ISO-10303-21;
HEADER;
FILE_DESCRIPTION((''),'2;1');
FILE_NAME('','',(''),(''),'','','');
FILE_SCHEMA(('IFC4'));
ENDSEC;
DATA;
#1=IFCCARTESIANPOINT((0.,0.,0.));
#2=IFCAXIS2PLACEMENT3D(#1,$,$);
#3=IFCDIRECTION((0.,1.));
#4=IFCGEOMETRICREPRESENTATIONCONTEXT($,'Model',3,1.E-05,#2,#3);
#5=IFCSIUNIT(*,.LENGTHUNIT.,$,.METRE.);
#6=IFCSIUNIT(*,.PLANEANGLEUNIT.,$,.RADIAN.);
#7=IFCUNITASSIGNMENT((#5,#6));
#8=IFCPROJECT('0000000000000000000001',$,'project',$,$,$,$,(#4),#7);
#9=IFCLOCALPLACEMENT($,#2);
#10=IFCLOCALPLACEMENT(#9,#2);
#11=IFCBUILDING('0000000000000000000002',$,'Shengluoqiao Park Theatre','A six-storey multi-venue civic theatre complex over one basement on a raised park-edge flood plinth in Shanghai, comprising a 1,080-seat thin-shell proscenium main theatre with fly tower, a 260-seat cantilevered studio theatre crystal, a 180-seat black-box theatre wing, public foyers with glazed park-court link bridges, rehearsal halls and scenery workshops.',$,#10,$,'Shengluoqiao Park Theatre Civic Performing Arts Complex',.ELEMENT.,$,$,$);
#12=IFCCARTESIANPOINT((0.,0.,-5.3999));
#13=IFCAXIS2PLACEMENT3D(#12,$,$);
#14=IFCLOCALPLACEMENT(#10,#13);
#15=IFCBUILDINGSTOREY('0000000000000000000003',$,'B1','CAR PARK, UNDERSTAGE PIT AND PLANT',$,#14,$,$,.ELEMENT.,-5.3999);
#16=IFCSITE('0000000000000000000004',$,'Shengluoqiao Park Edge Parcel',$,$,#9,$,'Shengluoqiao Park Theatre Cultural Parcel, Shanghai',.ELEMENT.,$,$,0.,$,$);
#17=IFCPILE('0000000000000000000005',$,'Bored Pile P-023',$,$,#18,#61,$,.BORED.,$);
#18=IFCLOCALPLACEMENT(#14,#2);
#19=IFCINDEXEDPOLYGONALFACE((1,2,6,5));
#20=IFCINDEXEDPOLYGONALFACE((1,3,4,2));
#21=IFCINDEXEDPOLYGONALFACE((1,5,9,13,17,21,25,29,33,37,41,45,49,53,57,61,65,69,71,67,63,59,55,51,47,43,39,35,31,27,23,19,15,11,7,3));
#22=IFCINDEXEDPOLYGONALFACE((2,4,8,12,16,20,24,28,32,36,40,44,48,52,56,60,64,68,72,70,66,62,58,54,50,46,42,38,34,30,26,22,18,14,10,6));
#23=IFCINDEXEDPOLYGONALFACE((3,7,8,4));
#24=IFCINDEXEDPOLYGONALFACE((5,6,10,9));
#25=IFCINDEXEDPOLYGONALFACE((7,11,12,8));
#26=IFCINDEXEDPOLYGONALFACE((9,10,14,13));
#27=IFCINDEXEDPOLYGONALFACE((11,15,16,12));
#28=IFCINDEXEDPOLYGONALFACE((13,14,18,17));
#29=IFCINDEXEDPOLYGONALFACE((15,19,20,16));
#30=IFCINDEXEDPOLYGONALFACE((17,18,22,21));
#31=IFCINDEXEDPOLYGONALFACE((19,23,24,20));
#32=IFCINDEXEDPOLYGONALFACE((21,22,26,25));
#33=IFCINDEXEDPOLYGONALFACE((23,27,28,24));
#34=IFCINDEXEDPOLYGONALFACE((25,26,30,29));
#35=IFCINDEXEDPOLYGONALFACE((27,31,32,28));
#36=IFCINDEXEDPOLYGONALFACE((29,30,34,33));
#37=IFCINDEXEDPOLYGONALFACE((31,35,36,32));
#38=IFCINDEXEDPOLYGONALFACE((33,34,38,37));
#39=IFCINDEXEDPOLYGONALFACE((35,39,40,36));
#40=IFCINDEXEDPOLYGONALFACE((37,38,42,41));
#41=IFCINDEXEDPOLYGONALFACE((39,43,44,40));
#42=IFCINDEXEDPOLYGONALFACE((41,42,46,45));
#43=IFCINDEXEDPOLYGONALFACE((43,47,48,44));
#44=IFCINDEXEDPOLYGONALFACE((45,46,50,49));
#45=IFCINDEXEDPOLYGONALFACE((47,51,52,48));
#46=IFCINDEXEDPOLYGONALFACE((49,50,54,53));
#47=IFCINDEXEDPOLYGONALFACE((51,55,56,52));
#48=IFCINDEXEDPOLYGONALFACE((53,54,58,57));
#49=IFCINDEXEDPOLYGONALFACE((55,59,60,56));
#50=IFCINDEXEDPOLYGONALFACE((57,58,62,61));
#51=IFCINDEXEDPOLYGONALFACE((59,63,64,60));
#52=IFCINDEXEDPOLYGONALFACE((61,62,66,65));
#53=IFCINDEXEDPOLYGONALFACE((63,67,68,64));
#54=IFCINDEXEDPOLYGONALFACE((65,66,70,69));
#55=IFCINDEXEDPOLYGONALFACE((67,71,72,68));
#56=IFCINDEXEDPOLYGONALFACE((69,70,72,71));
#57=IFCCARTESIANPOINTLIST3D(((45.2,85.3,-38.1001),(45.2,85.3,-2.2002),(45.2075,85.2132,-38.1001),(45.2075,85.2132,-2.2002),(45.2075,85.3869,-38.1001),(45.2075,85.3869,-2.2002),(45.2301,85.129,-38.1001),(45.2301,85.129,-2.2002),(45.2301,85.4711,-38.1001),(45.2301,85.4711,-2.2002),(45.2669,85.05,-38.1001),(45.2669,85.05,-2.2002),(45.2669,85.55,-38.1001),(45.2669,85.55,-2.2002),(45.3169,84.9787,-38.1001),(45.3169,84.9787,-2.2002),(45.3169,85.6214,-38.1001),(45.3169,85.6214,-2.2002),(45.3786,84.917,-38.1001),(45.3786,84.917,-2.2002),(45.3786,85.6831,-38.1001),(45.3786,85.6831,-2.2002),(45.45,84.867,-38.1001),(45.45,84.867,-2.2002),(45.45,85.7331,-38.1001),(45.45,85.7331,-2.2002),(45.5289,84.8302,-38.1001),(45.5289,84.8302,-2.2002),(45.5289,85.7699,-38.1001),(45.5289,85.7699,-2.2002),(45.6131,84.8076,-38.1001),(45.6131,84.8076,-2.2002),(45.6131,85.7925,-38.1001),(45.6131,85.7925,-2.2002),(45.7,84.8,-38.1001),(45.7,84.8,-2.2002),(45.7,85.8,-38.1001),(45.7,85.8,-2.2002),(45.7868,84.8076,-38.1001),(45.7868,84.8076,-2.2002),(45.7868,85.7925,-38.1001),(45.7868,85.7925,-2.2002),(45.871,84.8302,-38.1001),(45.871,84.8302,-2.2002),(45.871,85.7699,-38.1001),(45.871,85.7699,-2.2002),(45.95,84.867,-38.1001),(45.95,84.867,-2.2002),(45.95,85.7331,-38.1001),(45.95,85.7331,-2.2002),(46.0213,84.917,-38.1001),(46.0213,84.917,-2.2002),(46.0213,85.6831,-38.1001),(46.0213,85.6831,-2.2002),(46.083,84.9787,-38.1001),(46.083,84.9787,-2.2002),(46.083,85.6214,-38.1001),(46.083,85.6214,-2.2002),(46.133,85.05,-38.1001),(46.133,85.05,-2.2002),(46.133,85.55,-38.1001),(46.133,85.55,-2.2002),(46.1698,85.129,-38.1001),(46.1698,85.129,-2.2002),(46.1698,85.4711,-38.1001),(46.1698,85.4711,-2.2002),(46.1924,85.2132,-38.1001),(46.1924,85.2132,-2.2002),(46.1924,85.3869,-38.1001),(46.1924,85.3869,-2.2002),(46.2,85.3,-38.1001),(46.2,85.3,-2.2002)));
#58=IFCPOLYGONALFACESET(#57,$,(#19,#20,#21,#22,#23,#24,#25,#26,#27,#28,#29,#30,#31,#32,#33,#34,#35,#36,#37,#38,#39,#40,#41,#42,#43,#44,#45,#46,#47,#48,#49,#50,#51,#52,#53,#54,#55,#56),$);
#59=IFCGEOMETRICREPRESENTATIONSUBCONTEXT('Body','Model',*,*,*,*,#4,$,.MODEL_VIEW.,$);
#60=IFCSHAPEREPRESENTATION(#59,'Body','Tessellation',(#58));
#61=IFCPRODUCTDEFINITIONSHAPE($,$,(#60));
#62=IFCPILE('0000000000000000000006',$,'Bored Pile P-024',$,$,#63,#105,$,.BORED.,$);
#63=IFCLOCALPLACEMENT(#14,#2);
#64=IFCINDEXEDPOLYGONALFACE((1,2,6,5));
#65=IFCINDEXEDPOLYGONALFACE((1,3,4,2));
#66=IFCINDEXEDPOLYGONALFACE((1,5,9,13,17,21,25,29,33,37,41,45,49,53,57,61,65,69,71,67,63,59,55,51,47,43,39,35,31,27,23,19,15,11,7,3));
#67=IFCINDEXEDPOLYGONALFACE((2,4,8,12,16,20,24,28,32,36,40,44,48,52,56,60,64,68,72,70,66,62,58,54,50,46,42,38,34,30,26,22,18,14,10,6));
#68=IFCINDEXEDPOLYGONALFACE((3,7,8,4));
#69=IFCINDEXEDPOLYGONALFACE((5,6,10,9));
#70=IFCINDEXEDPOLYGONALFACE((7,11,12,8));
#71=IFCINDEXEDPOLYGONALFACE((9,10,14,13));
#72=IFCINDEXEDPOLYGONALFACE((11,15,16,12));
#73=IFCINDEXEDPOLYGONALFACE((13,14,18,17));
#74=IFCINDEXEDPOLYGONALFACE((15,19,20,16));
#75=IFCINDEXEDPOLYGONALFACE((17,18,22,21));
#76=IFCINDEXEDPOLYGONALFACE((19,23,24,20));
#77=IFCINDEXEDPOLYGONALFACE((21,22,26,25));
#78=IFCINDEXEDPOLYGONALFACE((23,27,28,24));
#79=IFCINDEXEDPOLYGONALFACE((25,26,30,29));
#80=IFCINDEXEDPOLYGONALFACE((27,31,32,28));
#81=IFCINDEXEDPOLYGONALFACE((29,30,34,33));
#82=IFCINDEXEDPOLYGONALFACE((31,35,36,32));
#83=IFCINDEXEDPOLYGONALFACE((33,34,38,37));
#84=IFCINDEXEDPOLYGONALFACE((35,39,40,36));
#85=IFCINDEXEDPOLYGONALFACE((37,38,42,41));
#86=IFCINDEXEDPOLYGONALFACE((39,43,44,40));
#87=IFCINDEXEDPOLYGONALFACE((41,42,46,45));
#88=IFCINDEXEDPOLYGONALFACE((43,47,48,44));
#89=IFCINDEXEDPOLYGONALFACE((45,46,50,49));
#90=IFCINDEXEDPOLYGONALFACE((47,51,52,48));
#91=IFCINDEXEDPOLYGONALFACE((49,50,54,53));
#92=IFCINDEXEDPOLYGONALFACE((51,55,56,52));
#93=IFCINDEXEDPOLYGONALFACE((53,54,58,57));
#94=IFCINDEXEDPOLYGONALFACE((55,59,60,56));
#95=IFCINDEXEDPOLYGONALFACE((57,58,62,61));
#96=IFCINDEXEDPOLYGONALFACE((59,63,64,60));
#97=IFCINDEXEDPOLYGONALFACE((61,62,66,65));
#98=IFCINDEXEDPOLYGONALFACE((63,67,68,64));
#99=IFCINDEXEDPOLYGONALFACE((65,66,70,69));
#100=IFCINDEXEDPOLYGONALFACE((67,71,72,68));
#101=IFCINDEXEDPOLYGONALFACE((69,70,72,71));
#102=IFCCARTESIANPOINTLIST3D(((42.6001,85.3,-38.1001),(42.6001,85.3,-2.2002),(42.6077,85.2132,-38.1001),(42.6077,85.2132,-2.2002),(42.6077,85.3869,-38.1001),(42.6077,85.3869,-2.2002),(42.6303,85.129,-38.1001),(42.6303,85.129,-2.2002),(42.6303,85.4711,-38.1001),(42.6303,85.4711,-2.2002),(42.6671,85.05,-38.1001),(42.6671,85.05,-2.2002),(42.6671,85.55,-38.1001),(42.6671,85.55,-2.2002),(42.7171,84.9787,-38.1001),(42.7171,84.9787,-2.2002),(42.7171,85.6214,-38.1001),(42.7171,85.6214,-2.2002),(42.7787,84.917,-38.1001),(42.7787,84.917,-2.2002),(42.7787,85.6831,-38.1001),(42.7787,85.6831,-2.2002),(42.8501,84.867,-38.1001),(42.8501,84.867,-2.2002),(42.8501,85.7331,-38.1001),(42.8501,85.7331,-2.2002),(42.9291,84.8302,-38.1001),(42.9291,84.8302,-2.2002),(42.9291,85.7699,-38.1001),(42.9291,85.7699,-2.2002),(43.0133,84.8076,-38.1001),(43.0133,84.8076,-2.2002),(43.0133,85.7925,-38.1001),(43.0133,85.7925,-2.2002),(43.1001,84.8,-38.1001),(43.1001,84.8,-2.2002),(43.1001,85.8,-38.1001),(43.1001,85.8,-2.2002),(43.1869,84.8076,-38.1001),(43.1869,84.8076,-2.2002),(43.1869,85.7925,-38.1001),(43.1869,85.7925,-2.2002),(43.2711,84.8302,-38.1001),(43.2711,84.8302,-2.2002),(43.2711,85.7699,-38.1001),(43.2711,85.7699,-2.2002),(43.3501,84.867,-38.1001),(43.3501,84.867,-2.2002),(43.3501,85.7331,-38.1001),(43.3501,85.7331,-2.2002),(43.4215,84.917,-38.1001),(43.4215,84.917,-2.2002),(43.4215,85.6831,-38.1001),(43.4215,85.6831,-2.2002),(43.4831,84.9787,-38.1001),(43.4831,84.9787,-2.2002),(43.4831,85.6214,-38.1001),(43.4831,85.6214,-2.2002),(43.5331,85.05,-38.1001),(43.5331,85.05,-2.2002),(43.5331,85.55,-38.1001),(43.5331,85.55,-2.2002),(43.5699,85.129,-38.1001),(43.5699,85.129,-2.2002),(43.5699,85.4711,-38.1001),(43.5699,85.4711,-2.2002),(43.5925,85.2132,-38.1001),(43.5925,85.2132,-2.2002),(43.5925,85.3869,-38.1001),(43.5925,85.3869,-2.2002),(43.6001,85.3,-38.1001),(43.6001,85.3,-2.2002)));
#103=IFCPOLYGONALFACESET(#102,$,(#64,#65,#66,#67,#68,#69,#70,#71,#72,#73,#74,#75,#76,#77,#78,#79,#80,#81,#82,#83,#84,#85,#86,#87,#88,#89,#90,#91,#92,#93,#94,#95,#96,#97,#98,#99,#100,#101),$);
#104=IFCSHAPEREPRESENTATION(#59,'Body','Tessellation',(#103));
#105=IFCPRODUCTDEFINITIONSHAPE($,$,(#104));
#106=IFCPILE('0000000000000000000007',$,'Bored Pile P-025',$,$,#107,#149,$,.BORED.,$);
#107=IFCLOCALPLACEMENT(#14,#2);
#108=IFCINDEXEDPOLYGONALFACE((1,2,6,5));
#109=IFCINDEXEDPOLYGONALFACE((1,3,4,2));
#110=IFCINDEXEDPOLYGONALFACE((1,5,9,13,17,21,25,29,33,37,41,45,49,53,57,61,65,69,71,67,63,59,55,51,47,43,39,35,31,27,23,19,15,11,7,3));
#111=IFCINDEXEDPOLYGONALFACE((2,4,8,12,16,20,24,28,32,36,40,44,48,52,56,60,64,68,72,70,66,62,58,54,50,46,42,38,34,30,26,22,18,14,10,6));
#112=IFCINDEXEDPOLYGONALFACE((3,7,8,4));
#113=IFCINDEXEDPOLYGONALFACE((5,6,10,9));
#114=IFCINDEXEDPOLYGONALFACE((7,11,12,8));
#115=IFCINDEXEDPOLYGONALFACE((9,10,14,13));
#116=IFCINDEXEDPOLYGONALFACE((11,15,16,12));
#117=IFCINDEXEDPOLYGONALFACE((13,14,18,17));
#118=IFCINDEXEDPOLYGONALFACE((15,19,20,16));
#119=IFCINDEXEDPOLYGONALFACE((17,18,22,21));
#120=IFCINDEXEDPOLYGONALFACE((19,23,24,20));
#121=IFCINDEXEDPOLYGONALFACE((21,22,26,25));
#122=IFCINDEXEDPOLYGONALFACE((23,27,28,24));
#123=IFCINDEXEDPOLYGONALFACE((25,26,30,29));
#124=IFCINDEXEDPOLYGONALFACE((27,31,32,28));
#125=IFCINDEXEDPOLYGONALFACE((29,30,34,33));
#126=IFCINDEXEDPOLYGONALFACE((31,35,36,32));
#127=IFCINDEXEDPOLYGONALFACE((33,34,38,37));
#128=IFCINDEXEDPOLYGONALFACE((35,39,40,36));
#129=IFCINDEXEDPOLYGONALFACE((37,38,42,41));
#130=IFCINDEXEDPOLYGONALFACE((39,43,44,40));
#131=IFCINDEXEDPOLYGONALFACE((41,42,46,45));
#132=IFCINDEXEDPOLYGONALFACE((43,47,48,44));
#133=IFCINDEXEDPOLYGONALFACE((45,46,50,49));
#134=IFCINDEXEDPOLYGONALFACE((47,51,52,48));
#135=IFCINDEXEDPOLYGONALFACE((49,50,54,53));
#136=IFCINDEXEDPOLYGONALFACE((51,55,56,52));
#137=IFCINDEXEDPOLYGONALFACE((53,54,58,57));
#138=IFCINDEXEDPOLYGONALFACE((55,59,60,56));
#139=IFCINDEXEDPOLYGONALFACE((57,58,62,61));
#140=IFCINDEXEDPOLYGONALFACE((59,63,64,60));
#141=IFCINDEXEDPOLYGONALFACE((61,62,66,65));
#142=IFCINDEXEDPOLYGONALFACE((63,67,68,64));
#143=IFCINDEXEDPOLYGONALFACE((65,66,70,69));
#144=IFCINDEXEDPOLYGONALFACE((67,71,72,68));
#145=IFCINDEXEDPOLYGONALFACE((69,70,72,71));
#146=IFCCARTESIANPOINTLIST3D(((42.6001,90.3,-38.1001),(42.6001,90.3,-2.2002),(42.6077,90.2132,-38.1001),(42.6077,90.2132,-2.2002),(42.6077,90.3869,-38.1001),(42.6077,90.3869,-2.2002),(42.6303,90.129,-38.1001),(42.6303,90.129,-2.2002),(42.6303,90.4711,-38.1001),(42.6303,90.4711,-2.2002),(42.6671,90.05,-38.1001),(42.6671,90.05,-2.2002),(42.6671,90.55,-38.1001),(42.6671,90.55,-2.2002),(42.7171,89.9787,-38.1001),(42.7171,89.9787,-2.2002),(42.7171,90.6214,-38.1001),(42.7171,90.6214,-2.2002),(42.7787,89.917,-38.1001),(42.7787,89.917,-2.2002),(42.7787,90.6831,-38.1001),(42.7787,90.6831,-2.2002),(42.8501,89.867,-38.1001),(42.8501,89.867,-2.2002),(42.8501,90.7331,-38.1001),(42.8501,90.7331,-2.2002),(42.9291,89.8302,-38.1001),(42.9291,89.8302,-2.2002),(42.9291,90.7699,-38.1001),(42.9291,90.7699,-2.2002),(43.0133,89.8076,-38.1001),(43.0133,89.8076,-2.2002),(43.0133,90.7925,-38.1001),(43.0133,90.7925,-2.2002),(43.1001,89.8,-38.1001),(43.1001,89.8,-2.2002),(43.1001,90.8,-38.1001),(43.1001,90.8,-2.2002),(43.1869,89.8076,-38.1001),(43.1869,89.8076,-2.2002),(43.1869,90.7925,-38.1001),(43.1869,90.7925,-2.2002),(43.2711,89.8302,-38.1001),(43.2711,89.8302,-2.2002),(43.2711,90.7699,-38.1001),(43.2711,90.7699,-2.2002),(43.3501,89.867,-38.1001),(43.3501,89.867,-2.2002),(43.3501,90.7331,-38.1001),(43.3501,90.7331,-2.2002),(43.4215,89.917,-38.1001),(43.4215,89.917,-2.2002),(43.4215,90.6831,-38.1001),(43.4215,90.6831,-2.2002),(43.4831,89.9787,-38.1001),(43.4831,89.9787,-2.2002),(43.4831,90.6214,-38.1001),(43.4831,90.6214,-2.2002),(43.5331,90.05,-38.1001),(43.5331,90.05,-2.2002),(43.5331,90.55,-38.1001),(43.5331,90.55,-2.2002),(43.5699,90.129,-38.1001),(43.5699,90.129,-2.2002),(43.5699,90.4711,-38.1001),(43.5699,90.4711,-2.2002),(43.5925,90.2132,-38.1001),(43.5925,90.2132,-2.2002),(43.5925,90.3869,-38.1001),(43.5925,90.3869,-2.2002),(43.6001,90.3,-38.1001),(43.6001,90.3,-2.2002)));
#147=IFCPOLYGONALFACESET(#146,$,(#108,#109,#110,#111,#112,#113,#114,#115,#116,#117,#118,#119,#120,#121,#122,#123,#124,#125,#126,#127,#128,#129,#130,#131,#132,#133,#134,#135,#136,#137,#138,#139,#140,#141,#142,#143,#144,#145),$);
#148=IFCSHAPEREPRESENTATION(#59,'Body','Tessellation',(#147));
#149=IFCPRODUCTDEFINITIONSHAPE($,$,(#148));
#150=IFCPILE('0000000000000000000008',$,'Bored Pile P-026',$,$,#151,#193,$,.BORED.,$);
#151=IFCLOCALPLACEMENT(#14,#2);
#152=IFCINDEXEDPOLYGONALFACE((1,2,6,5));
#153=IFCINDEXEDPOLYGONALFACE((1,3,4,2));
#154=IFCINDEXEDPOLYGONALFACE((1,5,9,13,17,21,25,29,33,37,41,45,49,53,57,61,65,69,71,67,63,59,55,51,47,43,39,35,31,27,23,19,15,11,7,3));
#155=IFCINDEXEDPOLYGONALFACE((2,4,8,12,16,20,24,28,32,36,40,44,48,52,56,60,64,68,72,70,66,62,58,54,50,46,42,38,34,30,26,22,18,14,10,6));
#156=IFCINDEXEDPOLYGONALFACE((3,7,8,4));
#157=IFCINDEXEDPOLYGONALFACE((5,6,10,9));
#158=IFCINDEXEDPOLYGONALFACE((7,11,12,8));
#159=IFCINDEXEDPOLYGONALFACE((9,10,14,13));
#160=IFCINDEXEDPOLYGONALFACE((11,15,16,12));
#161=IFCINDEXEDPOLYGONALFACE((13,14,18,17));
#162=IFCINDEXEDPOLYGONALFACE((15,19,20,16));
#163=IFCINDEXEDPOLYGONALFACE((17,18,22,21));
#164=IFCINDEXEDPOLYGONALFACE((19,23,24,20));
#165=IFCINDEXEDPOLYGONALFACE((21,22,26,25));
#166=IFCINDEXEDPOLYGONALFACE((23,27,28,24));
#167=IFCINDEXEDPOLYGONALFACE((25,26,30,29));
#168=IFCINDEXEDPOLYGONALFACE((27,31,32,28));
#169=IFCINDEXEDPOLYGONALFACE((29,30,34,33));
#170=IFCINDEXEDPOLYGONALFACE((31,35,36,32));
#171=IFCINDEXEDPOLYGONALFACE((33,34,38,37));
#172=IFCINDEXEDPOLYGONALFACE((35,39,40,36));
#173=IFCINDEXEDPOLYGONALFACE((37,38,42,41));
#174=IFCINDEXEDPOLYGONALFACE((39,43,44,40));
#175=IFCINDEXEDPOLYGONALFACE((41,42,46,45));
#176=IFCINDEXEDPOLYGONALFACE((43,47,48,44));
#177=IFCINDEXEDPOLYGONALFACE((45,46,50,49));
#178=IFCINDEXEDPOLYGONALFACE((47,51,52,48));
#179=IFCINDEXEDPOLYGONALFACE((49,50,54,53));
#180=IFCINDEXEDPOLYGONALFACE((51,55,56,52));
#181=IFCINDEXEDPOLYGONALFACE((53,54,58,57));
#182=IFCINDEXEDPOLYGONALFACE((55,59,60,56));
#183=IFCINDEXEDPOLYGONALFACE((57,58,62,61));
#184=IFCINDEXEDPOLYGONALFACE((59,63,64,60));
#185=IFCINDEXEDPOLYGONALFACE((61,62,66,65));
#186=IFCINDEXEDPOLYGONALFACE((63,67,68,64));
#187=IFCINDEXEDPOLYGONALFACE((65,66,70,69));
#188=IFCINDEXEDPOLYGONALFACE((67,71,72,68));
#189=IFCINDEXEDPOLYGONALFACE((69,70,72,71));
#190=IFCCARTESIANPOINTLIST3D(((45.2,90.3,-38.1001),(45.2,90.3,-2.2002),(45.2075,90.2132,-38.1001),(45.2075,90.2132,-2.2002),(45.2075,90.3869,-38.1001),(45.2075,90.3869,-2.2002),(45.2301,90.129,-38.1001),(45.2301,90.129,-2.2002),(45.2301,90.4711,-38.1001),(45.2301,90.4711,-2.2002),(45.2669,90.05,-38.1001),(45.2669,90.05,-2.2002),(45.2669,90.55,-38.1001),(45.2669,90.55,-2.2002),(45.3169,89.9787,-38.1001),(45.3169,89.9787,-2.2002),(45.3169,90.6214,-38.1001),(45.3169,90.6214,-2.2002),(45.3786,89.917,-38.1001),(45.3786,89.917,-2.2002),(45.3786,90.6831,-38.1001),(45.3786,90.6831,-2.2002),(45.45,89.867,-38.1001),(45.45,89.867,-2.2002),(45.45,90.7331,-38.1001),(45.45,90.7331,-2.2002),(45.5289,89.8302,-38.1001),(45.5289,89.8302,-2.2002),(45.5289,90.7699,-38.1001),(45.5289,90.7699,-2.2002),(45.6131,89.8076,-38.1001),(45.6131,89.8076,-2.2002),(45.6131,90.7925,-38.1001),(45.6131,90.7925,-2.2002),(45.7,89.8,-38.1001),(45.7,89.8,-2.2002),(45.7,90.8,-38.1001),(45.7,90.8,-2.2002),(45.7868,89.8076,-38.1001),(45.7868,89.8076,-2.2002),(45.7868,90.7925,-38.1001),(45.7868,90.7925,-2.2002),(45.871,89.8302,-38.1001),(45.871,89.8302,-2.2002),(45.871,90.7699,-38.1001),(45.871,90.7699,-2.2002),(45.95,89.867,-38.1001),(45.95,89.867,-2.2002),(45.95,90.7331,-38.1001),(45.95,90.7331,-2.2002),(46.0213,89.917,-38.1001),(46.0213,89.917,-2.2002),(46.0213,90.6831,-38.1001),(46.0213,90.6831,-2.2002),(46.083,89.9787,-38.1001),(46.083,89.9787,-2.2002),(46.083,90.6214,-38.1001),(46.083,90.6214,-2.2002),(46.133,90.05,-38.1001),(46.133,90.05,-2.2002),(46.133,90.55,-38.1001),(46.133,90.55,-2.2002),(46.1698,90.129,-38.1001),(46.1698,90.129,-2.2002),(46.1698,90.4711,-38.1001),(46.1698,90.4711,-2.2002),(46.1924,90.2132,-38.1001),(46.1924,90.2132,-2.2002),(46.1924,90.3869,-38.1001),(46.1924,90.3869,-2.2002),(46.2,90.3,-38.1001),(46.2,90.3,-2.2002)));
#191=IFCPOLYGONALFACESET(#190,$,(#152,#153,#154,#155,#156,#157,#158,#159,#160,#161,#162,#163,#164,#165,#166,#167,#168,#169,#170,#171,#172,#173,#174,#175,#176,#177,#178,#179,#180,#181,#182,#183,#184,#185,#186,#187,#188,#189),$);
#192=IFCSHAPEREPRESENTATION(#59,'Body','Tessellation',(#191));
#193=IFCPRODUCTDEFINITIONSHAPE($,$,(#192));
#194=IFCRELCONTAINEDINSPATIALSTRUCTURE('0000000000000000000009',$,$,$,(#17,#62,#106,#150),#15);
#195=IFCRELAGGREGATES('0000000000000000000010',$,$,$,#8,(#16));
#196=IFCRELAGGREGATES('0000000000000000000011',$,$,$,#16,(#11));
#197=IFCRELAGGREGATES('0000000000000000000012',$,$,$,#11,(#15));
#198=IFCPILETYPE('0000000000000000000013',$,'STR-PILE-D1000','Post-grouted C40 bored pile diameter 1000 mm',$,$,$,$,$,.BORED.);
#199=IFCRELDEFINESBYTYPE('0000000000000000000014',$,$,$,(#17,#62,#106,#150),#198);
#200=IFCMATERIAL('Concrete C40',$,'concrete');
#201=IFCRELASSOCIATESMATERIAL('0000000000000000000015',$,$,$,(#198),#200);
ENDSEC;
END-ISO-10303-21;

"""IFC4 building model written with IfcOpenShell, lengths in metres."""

from ifc_helpers import new_model, si_unit, direction, frame, origin, origin_2d, place, context, subcontext, project, spatial, circle, extrude, material, material_profile, profile_set, type_object, element, save


model = new_model("IFC4")

# Units and contexts
model_context = context("Model", 3, precision=1e-05, world=origin(), true_north=direction((0.0, 1.0)))
body_context = subcontext(model_context, "Body", "Model", "MODEL_VIEW")
ifc_project = project(units=[si_unit("LENGTHUNIT", "METRE"), si_unit("PLANEANGLEUNIT", "RADIAN")], contexts=[model_context])

# Site, building, storey
site_placement = place(None, origin())
site = spatial("IfcSite", under=ifc_project, at=site_placement, Name="Shengluoqiao Park Edge Parcel", LongName="Shengluoqiao Park Theatre Cultural Parcel, Shanghai", CompositionType="ELEMENT", RefElevation=0.0)
building_placement = place(site_placement, origin())
building = spatial("IfcBuilding", under=site, at=building_placement, Name="Shengluoqiao Park Theatre", Description="A six-storey multi-venue civic theatre complex over one basement on a raised park-edge flood plinth in Shanghai, comprising a 1,080-seat thin-shell proscenium main theatre with fly tower, a 260-seat cantilevered studio theatre crystal, a 180-seat black-box theatre wing, public foyers with glazed park-court link bridges, rehearsal halls and scenery workshops.", LongName="Shengluoqiao Park Theatre Civic Performing Arts Complex", CompositionType="ELEMENT")
storey_placement = place(building_placement, frame((0.0, 0.0, -5.3999)))
storey = spatial("IfcBuildingStorey", under=building, at=storey_placement, Name="B1", Description="CAR PARK, UNDERSTAGE PIT AND PLANT", CompositionType="ELEMENT", Elevation=-5.3999)

# Shared definitions
ifc_material_1 = material(Name="Concrete C40", Category="concrete")

# Piles
ifc_material_profile_1 = material_profile(ifc_material_1, circle(Radius=0.5, at=origin_2d()), Name="BORED PILE D1000")
ifc_profile_set_1 = profile_set([ifc_material_profile_1], Name="Concrete C40")
pile_type = type_object("IfcPileType", Name="STR-PILE-D1000", Description="Post-grouted C40 bored pile diameter 1000 mm", PredefinedType="BORED", material=ifc_profile_set_1)
for number, where, z_axis, x_axis, name in (
    (1, (45.7, 85.3, -2.2002), (0.0, 0.0, -1.0), (1.0, 0.0, 0.0), "Bored Pile P-023"),
    (2, (43.1001, 85.3, -2.2002), (0.0, 0.0, -1.0), (1.0, 0.0, 0.0), "Bored Pile P-024"),
    (3, (43.1001, 90.3, -2.2002), (0.0, 0.0, -1.0), (1.0, 0.0, 0.0), "Bored Pile P-025"),
    (4, (45.7, 90.3, -2.2002), (0.0, 0.0, -1.0), (1.0, 0.0, 0.0), "Bored Pile P-026"),
):
    element("IfcPile", number, at=place(storey_placement, frame(where, z_axis=z_axis, x_axis=x_axis)), inside=storey, type_object=pile_type, Name=name, PredefinedType="BORED", context=body_context, shape_type="SweptSolid", body=[
        extrude(circle(Radius=0.5, at=origin_2d()), origin(), (0.0, 0.0, 1.0), 35.8999),
    ])

save(model, "model.ifc")
